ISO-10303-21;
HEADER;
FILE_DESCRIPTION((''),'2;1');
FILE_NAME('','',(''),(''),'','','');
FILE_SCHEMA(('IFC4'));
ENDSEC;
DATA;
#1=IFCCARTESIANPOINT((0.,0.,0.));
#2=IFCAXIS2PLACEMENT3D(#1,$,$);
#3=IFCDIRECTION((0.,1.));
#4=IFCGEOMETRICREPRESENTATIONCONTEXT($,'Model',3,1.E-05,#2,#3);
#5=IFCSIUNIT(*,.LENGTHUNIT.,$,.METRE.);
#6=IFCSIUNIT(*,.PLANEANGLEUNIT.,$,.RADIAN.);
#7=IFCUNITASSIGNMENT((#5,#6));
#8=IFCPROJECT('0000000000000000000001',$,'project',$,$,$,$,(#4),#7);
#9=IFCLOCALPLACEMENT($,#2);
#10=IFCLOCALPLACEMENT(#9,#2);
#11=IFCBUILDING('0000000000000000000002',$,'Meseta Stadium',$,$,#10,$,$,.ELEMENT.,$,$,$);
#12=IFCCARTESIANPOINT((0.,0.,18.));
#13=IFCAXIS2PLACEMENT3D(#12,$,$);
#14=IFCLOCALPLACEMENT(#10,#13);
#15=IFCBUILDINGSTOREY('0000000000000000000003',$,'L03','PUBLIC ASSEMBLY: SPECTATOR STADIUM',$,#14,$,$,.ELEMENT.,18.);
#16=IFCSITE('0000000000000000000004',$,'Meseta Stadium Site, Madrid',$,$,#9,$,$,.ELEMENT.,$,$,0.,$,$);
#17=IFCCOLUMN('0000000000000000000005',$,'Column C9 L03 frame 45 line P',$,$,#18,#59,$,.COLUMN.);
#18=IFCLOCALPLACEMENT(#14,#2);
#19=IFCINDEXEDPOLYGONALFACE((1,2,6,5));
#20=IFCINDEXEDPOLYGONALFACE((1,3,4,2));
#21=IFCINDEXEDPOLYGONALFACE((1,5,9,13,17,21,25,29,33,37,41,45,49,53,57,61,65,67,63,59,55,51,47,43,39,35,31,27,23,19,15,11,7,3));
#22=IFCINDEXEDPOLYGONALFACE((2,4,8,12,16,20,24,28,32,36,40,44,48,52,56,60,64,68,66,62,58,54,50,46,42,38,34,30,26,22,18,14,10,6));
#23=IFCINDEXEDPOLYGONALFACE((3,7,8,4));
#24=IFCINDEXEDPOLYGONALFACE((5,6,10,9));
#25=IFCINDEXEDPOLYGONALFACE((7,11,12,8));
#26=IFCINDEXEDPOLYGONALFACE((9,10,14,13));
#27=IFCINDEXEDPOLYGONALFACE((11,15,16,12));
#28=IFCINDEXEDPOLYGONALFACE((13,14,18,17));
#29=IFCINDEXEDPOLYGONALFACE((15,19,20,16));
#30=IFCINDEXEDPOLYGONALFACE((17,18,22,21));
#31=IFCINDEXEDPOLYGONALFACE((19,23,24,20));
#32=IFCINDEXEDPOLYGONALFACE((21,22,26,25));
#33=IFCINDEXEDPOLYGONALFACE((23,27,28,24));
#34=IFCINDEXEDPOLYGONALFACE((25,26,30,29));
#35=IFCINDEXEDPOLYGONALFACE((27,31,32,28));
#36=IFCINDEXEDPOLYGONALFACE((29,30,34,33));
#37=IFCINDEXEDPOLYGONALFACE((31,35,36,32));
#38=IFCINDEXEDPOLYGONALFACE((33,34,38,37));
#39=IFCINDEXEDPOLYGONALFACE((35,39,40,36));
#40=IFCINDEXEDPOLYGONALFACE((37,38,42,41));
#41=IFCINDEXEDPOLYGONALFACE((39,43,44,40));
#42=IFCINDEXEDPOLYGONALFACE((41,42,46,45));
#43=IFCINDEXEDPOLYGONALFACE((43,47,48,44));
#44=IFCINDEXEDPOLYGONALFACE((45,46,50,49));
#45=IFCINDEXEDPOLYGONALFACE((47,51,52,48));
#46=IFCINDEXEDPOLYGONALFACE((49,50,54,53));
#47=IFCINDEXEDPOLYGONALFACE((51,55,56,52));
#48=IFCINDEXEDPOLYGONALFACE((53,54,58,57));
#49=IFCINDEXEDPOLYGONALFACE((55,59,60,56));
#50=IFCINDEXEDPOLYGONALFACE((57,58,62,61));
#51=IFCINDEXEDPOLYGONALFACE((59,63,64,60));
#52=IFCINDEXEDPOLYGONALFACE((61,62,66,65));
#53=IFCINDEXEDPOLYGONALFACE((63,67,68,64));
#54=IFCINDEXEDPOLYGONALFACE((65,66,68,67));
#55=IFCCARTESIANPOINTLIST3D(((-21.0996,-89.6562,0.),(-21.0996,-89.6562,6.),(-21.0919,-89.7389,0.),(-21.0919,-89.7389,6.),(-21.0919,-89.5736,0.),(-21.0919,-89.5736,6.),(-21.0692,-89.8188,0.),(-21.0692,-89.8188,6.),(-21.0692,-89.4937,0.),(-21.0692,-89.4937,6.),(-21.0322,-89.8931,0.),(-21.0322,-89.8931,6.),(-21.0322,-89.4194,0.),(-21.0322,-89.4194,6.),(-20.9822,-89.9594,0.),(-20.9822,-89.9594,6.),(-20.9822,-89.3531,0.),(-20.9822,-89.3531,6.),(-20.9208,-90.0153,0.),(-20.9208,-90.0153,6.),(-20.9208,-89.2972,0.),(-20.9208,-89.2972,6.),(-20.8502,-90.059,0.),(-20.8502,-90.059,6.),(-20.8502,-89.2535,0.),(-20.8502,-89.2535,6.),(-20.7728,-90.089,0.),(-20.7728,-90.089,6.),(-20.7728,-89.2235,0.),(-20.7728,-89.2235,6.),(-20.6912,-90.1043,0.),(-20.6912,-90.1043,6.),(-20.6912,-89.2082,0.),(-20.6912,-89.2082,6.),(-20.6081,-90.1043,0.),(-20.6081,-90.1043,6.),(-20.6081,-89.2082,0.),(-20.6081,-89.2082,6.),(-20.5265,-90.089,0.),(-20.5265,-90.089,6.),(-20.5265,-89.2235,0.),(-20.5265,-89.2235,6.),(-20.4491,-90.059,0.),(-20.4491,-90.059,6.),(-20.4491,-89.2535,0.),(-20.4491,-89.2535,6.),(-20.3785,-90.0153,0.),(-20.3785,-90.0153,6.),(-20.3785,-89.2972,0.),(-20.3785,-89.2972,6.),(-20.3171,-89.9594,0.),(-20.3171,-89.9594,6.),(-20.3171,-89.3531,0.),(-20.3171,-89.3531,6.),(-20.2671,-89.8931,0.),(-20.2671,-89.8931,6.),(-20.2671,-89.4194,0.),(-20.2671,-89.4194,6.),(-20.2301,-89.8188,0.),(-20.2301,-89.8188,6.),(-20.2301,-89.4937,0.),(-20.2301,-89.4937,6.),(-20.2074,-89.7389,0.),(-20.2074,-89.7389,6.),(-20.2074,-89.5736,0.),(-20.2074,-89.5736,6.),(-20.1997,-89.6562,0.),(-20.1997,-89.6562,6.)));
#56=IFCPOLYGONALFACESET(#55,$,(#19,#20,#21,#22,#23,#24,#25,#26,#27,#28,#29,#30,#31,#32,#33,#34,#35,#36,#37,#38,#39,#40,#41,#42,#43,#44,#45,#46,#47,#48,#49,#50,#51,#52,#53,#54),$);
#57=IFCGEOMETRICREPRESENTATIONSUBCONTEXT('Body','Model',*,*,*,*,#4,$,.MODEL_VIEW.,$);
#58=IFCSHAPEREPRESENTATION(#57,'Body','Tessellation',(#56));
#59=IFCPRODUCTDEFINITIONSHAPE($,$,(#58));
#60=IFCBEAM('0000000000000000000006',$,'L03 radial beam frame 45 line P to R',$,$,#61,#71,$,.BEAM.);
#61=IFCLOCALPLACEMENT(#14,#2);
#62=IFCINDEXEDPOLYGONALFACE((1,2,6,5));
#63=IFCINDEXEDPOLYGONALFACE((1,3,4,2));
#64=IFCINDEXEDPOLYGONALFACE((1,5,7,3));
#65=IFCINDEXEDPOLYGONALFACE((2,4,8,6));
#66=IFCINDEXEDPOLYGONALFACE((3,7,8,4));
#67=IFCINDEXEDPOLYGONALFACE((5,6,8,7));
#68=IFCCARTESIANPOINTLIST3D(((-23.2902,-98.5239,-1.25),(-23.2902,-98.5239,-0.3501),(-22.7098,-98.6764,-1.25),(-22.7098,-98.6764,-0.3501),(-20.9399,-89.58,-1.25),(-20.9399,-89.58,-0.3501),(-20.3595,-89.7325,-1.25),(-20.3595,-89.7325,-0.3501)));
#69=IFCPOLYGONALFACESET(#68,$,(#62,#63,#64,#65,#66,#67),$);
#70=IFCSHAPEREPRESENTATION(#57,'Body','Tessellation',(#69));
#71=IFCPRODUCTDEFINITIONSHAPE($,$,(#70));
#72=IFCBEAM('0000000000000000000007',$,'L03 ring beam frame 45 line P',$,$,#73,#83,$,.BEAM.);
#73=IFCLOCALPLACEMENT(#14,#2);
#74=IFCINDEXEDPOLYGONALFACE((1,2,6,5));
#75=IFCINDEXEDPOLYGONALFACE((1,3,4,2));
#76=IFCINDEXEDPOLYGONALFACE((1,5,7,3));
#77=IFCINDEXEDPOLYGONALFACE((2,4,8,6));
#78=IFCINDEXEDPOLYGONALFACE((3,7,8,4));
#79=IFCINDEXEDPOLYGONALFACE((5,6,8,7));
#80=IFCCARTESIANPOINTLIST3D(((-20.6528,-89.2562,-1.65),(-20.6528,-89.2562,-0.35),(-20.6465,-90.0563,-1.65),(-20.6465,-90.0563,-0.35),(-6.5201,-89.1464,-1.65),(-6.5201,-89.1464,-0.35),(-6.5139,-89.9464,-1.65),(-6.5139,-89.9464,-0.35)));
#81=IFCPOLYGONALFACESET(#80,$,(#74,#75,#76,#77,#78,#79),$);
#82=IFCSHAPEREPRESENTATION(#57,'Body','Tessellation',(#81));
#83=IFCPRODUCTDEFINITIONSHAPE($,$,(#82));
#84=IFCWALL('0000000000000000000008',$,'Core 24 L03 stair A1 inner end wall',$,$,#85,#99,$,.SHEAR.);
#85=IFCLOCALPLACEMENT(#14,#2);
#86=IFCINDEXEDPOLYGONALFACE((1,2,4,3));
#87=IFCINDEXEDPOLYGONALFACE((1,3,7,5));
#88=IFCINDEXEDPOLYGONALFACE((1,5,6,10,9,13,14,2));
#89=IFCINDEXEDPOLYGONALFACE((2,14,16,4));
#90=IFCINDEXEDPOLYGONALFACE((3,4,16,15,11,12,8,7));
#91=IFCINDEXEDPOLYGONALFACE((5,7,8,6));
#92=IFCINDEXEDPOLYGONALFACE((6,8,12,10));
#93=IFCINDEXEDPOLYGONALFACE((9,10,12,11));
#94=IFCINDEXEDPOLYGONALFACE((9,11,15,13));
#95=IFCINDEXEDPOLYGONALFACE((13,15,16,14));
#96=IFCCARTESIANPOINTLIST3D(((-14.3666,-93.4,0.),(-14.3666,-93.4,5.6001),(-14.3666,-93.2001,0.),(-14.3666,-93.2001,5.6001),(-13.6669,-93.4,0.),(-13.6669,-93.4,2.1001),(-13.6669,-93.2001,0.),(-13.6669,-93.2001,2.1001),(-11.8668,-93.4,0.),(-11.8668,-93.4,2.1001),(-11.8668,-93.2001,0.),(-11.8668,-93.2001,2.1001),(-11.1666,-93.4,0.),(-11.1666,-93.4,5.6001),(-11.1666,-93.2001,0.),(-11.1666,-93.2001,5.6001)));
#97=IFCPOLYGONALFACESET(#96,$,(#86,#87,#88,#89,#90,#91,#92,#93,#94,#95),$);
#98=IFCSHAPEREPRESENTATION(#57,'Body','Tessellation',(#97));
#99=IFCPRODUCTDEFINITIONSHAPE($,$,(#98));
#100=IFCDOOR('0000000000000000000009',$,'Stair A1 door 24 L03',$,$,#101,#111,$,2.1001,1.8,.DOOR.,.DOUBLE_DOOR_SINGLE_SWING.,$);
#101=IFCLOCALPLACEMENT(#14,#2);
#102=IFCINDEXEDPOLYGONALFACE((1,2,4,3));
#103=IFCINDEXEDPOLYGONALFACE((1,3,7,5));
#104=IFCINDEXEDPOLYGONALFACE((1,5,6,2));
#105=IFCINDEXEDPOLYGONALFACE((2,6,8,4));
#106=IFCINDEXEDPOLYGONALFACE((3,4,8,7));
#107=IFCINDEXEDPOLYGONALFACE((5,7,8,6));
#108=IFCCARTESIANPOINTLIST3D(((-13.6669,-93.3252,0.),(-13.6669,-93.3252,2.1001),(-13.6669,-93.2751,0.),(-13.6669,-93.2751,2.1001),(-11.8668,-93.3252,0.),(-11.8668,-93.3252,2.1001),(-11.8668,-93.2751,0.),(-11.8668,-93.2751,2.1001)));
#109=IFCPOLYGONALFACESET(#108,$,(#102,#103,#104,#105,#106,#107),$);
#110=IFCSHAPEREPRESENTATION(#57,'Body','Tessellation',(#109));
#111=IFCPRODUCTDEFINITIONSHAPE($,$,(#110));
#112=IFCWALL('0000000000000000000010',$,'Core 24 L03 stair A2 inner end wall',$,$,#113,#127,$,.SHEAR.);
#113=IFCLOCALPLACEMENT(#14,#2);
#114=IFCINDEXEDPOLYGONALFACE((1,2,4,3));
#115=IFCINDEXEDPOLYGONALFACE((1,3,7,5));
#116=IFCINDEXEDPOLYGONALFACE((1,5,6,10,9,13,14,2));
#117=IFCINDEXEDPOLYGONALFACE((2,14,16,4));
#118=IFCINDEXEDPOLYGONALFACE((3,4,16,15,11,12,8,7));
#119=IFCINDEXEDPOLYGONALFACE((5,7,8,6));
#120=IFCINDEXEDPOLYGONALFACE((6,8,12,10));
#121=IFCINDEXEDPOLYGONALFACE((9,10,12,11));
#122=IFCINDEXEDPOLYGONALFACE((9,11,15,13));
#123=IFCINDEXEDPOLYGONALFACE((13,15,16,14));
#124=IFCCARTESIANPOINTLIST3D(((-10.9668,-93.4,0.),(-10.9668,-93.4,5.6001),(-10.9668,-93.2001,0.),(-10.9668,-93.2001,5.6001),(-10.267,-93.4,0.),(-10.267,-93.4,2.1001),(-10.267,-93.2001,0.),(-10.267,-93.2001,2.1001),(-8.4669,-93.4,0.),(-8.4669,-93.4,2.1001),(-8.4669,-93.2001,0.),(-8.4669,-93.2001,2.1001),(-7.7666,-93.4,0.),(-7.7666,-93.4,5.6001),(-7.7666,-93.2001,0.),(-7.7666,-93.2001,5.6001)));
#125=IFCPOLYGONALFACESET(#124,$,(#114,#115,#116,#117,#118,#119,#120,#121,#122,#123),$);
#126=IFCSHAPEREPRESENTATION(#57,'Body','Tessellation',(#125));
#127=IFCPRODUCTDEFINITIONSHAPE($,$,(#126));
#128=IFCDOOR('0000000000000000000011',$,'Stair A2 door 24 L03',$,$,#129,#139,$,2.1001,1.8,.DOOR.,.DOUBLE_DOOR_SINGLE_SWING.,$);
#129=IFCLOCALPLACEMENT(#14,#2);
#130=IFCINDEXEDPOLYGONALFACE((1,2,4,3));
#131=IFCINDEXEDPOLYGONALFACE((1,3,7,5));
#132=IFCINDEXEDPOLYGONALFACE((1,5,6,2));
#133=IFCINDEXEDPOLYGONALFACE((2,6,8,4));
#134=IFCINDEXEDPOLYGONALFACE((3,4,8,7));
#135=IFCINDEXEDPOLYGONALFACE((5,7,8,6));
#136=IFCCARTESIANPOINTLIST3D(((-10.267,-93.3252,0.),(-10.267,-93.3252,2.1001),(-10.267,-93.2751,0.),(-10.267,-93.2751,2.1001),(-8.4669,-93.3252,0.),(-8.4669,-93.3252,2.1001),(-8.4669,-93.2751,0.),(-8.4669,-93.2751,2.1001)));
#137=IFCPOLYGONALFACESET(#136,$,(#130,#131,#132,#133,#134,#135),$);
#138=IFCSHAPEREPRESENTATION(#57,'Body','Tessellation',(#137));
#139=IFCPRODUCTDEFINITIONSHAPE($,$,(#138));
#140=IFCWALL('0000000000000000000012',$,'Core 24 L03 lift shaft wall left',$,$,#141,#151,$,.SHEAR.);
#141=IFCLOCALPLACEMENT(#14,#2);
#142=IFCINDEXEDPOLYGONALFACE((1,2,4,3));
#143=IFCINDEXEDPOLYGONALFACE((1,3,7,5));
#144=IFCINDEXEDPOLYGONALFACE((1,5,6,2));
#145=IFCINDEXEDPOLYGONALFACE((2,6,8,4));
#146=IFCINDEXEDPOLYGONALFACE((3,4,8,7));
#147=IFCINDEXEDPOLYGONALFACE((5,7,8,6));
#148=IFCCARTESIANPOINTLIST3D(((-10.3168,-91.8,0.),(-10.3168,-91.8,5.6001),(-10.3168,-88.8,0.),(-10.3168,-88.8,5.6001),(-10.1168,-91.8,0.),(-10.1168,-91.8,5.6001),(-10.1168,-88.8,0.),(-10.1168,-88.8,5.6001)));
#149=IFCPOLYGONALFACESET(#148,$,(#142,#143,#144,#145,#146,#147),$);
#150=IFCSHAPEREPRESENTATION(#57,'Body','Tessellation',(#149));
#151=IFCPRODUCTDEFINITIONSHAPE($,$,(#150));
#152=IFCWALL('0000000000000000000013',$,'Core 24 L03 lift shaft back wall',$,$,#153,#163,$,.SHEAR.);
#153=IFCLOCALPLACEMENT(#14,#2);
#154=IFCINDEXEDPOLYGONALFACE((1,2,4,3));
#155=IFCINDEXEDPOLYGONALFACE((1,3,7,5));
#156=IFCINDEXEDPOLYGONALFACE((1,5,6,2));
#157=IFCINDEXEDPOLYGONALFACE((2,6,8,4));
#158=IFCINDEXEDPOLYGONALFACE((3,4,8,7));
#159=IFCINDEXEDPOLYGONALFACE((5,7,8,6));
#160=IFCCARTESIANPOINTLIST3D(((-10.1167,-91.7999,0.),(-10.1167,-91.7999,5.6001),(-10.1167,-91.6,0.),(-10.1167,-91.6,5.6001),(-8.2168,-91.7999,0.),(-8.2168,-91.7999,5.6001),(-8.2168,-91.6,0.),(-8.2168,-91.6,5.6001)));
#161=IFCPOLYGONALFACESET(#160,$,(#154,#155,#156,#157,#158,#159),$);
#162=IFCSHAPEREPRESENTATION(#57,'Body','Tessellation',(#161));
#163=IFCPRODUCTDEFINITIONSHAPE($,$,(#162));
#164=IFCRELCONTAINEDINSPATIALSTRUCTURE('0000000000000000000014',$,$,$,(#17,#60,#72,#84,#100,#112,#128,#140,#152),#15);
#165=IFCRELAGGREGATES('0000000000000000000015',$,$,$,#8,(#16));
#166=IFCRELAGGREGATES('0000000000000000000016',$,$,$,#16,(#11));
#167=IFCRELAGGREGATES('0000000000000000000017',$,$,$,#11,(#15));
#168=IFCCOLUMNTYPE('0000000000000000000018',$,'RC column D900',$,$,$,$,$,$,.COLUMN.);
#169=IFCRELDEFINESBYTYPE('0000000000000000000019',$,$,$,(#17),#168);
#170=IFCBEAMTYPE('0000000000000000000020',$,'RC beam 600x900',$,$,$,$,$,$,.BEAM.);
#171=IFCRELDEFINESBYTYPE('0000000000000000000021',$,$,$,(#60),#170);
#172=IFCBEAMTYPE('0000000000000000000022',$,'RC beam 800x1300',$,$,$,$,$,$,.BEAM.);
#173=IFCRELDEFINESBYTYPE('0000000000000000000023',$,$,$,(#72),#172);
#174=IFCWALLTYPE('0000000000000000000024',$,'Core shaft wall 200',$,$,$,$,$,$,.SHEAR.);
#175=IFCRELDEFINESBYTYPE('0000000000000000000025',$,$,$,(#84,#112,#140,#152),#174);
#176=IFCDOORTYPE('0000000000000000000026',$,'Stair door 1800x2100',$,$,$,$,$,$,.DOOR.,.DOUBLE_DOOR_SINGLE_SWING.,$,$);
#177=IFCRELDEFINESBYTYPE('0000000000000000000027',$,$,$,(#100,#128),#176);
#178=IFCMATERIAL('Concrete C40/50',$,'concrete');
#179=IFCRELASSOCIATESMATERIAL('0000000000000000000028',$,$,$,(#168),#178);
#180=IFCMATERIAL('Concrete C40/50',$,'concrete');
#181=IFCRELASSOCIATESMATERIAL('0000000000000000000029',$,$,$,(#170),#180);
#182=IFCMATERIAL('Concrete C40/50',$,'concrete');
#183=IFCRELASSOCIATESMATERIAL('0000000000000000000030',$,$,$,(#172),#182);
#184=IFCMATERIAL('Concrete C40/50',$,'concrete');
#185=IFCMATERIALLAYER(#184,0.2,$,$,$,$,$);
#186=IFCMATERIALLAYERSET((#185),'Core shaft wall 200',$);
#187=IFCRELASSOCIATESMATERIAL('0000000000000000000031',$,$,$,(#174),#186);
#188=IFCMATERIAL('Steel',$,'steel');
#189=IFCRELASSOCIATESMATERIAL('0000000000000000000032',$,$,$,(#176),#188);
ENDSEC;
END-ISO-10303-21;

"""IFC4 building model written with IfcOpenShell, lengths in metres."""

from ifc_helpers import new_model, si_unit, direction, frame, frame_2d, origin, origin_2d, place, context, subcontext, project, spatial, rectangle, circle, extrude, material, layer, layer_set, material_profile, profile_set, type_object, element, fill, save


model = new_model("IFC4")

# Units and contexts
model_context = context("Model", 3, precision=1e-05, world=origin(), true_north=direction((0.0, 1.0)))
body_context = subcontext(model_context, "Body", "Model", "MODEL_VIEW")
ifc_project = project(units=[si_unit("LENGTHUNIT", "METRE"), si_unit("PLANEANGLEUNIT", "RADIAN")], contexts=[model_context])

# Site, building, storey
site_placement = place(None, origin())
site = spatial("IfcSite", under=ifc_project, at=site_placement, Name="Meseta Stadium Site, Madrid", CompositionType="ELEMENT", RefElevation=0.0)
building_placement = place(site_placement, origin())
building = spatial("IfcBuilding", under=site, at=building_placement, Name="Meseta Stadium", CompositionType="ELEMENT")
storey_placement = place(building_placement, frame((0.0, 0.0, 18.0)))
storey = spatial("IfcBuildingStorey", under=building, at=storey_placement, Name="L03", Description="PUBLIC ASSEMBLY: SPECTATOR STADIUM", CompositionType="ELEMENT", Elevation=18.0)

# Column
ifc_material_1 = material(Name="Concrete C40/50", Category="concrete")
ifc_material_profile_1 = material_profile(ifc_material_1, circle(Radius=0.45, at=origin_2d()), Name="RC D900")
ifc_profile_set_1 = profile_set([ifc_material_profile_1], Name="Concrete C40/50")
column_type = type_object("IfcColumnType", Name="RC column D900", PredefinedType="COLUMN", material=ifc_profile_set_1)
column_placement = place(storey_placement, frame((-20.6497, -89.6562, 0.0), z_axis=(0.0, 0.0, 1.0), x_axis=(1.0, 0.0, 0.0)))
element("IfcColumn", 1, at=column_placement, inside=storey, type_object=column_type, Name="Column C9 L03 frame 45 line P", PredefinedType="COLUMN", context=body_context, shape_type="SweptSolid", body=[
    extrude(circle(Radius=0.45, at=origin_2d()), origin(), (0.0, 0.0, 1.0), 6.0),
])

# Beams
ifc_material_2 = material(Name="Concrete C40/50", Category="concrete")
ifc_material_profile_2 = material_profile(ifc_material_2, rectangle(XDim=0.6001, YDim=0.8999, at=origin_2d()), Name="RC 600x900")
ifc_profile_set_2 = profile_set([ifc_material_profile_2], Name="Concrete C40/50")
beam_type_1 = type_object("IfcBeamType", Name="RC beam 600x900", PredefinedType="BEAM", material=ifc_profile_set_2)
beam_1_placement = place(storey_placement, frame((-20.6497, -89.6562, -0.8), z_axis=(-0.254159, -0.967162, 0.0), x_axis=(0.967162, -0.254159, 0.0)))
element("IfcBeam", 2, at=beam_1_placement, inside=storey, type_object=beam_type_1, Name="L03 radial beam frame 45 line P to R", PredefinedType="BEAM", context=body_context, shape_type="SweptSolid", body=[
    extrude(rectangle(XDim=0.6001, YDim=0.8999, at=origin_2d()), origin(), (0.0, 0.0, 1.0), 9.2476),
])
ifc_material_3 = material(Name="Concrete C40/50", Category="concrete")
ifc_material_profile_3 = material_profile(ifc_material_3, rectangle(XDim=0.8, YDim=1.3, at=origin_2d()), Name="RC 800x1300")
ifc_profile_set_3 = profile_set([ifc_material_profile_3], Name="Concrete C40/50")
beam_type_2 = type_object("IfcBeamType", Name="RC beam 800x1300", PredefinedType="BEAM", material=ifc_profile_set_3)
beam_2_placement = place(storey_placement, frame((-20.6497, -89.6562, -1.0), z_axis=(0.99997, 0.007774, 0.0), x_axis=(-0.007774, 0.99997, 0.0)))
element("IfcBeam", 3, at=beam_2_placement, inside=storey, type_object=beam_type_2, Name="L03 ring beam frame 45 line P", PredefinedType="BEAM", context=body_context, shape_type="SweptSolid", body=[
    extrude(rectangle(XDim=0.8, YDim=1.3, at=origin_2d()), origin(), (0.0, 0.0, 1.0), 14.1331),
])

# Walls, openings, doors
ifc_material_4 = material(Name="Concrete C40/50", Category="concrete")
ifc_layer_1 = layer(ifc_material_4, 0.2)
ifc_layer_set_1 = layer_set([ifc_layer_1], Name="Core shaft wall 200")
wall_type_1 = type_object("IfcWallType", Name="Core shaft wall 200", PredefinedType="SHEAR", material=ifc_layer_set_1)
wall_1_placement = place(storey_placement, frame((-14.3667, -93.3, 0.0), z_axis=(0.0, 0.0, 1.0), x_axis=(1.0, 0.0, 0.0)))
wall_1 = element("IfcWall", 4, at=wall_1_placement, inside=storey, type_object=wall_type_1, Name="Core 24 L03 stair A1 inner end wall", PredefinedType="SHEAR", context=body_context, shape_type="SweptSolid", body=[
    extrude(rectangle(XDim=3.2, YDim=0.2, at=frame_2d((1.6001, 0.0))), origin(), (0.0, 0.0, 1.0), 5.6001),
])
opening_1_placement = place(wall_1_placement, frame((0.7, 0.0, 0.0)))
opening_1 = element("IfcOpeningElement", 5, at=opening_1_placement, cuts=wall_1, PredefinedType="OPENING", context=body_context, shape_type="SweptSolid", body=[
    extrude(rectangle(XDim=1.8, YDim=2.1001, at=frame_2d((0.8999, 1.05))), frame((0.0, 0.1099, 0.0), z_axis=(0.0, -1.0, 0.0), x_axis=(1.0, 0.0, 0.0)), (0.0, 0.0, 1.0), 0.22),
])
ifc_material_5 = material(Name="Steel", Category="steel")
door_type_1 = type_object("IfcDoorType", Name="Stair door 1800x2100", OperationType="DOUBLE_DOOR_SINGLE_SWING", PredefinedType="DOOR", material=ifc_material_5)
door_1_placement = place(opening_1_placement, origin())
door_1 = element("IfcDoor", 6, at=door_1_placement, inside=storey, type_object=door_type_1, Name="Stair A1 door 24 L03", OperationType="DOUBLE_DOOR_SINGLE_SWING", OverallHeight=2.1001, OverallWidth=1.8, PredefinedType="DOOR", context=body_context, shape_type="SweptSolid", body=[
    extrude(rectangle(XDim=1.8, YDim=2.1001, at=frame_2d((0.8999, 1.05))), frame((0.0, 0.0249, 0.0), z_axis=(0.0, -1.0, 0.0), x_axis=(1.0, 0.0, 0.0)), (0.0, 0.0, 1.0), 0.05),
])
fill(opening_1, door_1)
wall_2_placement = place(storey_placement, frame((-10.9668, -93.3, 0.0), z_axis=(0.0, 0.0, 1.0), x_axis=(1.0, 0.0, 0.0)))
wall_2 = element("IfcWall", 7, at=wall_2_placement, inside=storey, type_object=wall_type_1, Name="Core 24 L03 stair A2 inner end wall", PredefinedType="SHEAR", context=body_context, shape_type="SweptSolid", body=[
    extrude(rectangle(XDim=3.2002, YDim=0.2, at=frame_2d((1.6001, 0.0))), origin(), (0.0, 0.0, 1.0), 5.6001),
])
opening_2_placement = place(wall_2_placement, frame((0.7, 0.0, 0.0)))
opening_2 = element("IfcOpeningElement", 8, at=opening_2_placement, cuts=wall_2, PredefinedType="OPENING", context=body_context, shape_type="SweptSolid", body=[
    extrude(rectangle(XDim=1.8, YDim=2.1001, at=frame_2d((0.8999, 1.05))), frame((0.0, 0.1099, 0.0), z_axis=(0.0, -1.0, 0.0), x_axis=(1.0, 0.0, 0.0)), (0.0, 0.0, 1.0), 0.22),
])
door_2_placement = place(opening_2_placement, origin())
door_2 = element("IfcDoor", 9, at=door_2_placement, inside=storey, type_object=door_type_1, Name="Stair A2 door 24 L03", OperationType="DOUBLE_DOOR_SINGLE_SWING", OverallHeight=2.1001, OverallWidth=1.8, PredefinedType="DOOR", context=body_context, shape_type="SweptSolid", body=[
    extrude(rectangle(XDim=1.8, YDim=2.1001, at=frame_2d((0.8999, 1.05))), frame((0.0, 0.0249, 0.0), z_axis=(0.0, -1.0, 0.0), x_axis=(1.0, 0.0, 0.0)), (0.0, 0.0, 1.0), 0.05),
])
fill(opening_2, door_2)

# Walls
wall_3_placement = place(storey_placement, frame((-10.2168, -91.8, 0.0), z_axis=(0.0, 0.0, 1.0), x_axis=(0.0, 1.0, 0.0)))
element("IfcWall", 10, at=wall_3_placement, inside=storey, type_object=wall_type_1, Name="Core 24 L03 lift shaft wall left", PredefinedType="SHEAR", context=body_context, shape_type="SweptSolid", body=[
    extrude(rectangle(XDim=3.0, YDim=0.2, at=frame_2d((1.5, 0.0))), origin(), (0.0, 0.0, 1.0), 5.6001),
])
wall_4_placement = place(storey_placement, frame((-10.1167, -91.7, 0.0), z_axis=(0.0, 0.0, 1.0), x_axis=(1.0, 0.0, 0.0)))
element("IfcWall", 11, at=wall_4_placement, inside=storey, type_object=wall_type_1, Name="Core 24 L03 lift shaft back wall", PredefinedType="SHEAR", context=body_context, shape_type="SweptSolid", body=[
    extrude(rectangle(XDim=1.8999, YDim=0.2, at=frame_2d((0.95, 0.0))), origin(), (0.0, 0.0, 1.0), 5.6001),
])

save(model, "model.ifc")
